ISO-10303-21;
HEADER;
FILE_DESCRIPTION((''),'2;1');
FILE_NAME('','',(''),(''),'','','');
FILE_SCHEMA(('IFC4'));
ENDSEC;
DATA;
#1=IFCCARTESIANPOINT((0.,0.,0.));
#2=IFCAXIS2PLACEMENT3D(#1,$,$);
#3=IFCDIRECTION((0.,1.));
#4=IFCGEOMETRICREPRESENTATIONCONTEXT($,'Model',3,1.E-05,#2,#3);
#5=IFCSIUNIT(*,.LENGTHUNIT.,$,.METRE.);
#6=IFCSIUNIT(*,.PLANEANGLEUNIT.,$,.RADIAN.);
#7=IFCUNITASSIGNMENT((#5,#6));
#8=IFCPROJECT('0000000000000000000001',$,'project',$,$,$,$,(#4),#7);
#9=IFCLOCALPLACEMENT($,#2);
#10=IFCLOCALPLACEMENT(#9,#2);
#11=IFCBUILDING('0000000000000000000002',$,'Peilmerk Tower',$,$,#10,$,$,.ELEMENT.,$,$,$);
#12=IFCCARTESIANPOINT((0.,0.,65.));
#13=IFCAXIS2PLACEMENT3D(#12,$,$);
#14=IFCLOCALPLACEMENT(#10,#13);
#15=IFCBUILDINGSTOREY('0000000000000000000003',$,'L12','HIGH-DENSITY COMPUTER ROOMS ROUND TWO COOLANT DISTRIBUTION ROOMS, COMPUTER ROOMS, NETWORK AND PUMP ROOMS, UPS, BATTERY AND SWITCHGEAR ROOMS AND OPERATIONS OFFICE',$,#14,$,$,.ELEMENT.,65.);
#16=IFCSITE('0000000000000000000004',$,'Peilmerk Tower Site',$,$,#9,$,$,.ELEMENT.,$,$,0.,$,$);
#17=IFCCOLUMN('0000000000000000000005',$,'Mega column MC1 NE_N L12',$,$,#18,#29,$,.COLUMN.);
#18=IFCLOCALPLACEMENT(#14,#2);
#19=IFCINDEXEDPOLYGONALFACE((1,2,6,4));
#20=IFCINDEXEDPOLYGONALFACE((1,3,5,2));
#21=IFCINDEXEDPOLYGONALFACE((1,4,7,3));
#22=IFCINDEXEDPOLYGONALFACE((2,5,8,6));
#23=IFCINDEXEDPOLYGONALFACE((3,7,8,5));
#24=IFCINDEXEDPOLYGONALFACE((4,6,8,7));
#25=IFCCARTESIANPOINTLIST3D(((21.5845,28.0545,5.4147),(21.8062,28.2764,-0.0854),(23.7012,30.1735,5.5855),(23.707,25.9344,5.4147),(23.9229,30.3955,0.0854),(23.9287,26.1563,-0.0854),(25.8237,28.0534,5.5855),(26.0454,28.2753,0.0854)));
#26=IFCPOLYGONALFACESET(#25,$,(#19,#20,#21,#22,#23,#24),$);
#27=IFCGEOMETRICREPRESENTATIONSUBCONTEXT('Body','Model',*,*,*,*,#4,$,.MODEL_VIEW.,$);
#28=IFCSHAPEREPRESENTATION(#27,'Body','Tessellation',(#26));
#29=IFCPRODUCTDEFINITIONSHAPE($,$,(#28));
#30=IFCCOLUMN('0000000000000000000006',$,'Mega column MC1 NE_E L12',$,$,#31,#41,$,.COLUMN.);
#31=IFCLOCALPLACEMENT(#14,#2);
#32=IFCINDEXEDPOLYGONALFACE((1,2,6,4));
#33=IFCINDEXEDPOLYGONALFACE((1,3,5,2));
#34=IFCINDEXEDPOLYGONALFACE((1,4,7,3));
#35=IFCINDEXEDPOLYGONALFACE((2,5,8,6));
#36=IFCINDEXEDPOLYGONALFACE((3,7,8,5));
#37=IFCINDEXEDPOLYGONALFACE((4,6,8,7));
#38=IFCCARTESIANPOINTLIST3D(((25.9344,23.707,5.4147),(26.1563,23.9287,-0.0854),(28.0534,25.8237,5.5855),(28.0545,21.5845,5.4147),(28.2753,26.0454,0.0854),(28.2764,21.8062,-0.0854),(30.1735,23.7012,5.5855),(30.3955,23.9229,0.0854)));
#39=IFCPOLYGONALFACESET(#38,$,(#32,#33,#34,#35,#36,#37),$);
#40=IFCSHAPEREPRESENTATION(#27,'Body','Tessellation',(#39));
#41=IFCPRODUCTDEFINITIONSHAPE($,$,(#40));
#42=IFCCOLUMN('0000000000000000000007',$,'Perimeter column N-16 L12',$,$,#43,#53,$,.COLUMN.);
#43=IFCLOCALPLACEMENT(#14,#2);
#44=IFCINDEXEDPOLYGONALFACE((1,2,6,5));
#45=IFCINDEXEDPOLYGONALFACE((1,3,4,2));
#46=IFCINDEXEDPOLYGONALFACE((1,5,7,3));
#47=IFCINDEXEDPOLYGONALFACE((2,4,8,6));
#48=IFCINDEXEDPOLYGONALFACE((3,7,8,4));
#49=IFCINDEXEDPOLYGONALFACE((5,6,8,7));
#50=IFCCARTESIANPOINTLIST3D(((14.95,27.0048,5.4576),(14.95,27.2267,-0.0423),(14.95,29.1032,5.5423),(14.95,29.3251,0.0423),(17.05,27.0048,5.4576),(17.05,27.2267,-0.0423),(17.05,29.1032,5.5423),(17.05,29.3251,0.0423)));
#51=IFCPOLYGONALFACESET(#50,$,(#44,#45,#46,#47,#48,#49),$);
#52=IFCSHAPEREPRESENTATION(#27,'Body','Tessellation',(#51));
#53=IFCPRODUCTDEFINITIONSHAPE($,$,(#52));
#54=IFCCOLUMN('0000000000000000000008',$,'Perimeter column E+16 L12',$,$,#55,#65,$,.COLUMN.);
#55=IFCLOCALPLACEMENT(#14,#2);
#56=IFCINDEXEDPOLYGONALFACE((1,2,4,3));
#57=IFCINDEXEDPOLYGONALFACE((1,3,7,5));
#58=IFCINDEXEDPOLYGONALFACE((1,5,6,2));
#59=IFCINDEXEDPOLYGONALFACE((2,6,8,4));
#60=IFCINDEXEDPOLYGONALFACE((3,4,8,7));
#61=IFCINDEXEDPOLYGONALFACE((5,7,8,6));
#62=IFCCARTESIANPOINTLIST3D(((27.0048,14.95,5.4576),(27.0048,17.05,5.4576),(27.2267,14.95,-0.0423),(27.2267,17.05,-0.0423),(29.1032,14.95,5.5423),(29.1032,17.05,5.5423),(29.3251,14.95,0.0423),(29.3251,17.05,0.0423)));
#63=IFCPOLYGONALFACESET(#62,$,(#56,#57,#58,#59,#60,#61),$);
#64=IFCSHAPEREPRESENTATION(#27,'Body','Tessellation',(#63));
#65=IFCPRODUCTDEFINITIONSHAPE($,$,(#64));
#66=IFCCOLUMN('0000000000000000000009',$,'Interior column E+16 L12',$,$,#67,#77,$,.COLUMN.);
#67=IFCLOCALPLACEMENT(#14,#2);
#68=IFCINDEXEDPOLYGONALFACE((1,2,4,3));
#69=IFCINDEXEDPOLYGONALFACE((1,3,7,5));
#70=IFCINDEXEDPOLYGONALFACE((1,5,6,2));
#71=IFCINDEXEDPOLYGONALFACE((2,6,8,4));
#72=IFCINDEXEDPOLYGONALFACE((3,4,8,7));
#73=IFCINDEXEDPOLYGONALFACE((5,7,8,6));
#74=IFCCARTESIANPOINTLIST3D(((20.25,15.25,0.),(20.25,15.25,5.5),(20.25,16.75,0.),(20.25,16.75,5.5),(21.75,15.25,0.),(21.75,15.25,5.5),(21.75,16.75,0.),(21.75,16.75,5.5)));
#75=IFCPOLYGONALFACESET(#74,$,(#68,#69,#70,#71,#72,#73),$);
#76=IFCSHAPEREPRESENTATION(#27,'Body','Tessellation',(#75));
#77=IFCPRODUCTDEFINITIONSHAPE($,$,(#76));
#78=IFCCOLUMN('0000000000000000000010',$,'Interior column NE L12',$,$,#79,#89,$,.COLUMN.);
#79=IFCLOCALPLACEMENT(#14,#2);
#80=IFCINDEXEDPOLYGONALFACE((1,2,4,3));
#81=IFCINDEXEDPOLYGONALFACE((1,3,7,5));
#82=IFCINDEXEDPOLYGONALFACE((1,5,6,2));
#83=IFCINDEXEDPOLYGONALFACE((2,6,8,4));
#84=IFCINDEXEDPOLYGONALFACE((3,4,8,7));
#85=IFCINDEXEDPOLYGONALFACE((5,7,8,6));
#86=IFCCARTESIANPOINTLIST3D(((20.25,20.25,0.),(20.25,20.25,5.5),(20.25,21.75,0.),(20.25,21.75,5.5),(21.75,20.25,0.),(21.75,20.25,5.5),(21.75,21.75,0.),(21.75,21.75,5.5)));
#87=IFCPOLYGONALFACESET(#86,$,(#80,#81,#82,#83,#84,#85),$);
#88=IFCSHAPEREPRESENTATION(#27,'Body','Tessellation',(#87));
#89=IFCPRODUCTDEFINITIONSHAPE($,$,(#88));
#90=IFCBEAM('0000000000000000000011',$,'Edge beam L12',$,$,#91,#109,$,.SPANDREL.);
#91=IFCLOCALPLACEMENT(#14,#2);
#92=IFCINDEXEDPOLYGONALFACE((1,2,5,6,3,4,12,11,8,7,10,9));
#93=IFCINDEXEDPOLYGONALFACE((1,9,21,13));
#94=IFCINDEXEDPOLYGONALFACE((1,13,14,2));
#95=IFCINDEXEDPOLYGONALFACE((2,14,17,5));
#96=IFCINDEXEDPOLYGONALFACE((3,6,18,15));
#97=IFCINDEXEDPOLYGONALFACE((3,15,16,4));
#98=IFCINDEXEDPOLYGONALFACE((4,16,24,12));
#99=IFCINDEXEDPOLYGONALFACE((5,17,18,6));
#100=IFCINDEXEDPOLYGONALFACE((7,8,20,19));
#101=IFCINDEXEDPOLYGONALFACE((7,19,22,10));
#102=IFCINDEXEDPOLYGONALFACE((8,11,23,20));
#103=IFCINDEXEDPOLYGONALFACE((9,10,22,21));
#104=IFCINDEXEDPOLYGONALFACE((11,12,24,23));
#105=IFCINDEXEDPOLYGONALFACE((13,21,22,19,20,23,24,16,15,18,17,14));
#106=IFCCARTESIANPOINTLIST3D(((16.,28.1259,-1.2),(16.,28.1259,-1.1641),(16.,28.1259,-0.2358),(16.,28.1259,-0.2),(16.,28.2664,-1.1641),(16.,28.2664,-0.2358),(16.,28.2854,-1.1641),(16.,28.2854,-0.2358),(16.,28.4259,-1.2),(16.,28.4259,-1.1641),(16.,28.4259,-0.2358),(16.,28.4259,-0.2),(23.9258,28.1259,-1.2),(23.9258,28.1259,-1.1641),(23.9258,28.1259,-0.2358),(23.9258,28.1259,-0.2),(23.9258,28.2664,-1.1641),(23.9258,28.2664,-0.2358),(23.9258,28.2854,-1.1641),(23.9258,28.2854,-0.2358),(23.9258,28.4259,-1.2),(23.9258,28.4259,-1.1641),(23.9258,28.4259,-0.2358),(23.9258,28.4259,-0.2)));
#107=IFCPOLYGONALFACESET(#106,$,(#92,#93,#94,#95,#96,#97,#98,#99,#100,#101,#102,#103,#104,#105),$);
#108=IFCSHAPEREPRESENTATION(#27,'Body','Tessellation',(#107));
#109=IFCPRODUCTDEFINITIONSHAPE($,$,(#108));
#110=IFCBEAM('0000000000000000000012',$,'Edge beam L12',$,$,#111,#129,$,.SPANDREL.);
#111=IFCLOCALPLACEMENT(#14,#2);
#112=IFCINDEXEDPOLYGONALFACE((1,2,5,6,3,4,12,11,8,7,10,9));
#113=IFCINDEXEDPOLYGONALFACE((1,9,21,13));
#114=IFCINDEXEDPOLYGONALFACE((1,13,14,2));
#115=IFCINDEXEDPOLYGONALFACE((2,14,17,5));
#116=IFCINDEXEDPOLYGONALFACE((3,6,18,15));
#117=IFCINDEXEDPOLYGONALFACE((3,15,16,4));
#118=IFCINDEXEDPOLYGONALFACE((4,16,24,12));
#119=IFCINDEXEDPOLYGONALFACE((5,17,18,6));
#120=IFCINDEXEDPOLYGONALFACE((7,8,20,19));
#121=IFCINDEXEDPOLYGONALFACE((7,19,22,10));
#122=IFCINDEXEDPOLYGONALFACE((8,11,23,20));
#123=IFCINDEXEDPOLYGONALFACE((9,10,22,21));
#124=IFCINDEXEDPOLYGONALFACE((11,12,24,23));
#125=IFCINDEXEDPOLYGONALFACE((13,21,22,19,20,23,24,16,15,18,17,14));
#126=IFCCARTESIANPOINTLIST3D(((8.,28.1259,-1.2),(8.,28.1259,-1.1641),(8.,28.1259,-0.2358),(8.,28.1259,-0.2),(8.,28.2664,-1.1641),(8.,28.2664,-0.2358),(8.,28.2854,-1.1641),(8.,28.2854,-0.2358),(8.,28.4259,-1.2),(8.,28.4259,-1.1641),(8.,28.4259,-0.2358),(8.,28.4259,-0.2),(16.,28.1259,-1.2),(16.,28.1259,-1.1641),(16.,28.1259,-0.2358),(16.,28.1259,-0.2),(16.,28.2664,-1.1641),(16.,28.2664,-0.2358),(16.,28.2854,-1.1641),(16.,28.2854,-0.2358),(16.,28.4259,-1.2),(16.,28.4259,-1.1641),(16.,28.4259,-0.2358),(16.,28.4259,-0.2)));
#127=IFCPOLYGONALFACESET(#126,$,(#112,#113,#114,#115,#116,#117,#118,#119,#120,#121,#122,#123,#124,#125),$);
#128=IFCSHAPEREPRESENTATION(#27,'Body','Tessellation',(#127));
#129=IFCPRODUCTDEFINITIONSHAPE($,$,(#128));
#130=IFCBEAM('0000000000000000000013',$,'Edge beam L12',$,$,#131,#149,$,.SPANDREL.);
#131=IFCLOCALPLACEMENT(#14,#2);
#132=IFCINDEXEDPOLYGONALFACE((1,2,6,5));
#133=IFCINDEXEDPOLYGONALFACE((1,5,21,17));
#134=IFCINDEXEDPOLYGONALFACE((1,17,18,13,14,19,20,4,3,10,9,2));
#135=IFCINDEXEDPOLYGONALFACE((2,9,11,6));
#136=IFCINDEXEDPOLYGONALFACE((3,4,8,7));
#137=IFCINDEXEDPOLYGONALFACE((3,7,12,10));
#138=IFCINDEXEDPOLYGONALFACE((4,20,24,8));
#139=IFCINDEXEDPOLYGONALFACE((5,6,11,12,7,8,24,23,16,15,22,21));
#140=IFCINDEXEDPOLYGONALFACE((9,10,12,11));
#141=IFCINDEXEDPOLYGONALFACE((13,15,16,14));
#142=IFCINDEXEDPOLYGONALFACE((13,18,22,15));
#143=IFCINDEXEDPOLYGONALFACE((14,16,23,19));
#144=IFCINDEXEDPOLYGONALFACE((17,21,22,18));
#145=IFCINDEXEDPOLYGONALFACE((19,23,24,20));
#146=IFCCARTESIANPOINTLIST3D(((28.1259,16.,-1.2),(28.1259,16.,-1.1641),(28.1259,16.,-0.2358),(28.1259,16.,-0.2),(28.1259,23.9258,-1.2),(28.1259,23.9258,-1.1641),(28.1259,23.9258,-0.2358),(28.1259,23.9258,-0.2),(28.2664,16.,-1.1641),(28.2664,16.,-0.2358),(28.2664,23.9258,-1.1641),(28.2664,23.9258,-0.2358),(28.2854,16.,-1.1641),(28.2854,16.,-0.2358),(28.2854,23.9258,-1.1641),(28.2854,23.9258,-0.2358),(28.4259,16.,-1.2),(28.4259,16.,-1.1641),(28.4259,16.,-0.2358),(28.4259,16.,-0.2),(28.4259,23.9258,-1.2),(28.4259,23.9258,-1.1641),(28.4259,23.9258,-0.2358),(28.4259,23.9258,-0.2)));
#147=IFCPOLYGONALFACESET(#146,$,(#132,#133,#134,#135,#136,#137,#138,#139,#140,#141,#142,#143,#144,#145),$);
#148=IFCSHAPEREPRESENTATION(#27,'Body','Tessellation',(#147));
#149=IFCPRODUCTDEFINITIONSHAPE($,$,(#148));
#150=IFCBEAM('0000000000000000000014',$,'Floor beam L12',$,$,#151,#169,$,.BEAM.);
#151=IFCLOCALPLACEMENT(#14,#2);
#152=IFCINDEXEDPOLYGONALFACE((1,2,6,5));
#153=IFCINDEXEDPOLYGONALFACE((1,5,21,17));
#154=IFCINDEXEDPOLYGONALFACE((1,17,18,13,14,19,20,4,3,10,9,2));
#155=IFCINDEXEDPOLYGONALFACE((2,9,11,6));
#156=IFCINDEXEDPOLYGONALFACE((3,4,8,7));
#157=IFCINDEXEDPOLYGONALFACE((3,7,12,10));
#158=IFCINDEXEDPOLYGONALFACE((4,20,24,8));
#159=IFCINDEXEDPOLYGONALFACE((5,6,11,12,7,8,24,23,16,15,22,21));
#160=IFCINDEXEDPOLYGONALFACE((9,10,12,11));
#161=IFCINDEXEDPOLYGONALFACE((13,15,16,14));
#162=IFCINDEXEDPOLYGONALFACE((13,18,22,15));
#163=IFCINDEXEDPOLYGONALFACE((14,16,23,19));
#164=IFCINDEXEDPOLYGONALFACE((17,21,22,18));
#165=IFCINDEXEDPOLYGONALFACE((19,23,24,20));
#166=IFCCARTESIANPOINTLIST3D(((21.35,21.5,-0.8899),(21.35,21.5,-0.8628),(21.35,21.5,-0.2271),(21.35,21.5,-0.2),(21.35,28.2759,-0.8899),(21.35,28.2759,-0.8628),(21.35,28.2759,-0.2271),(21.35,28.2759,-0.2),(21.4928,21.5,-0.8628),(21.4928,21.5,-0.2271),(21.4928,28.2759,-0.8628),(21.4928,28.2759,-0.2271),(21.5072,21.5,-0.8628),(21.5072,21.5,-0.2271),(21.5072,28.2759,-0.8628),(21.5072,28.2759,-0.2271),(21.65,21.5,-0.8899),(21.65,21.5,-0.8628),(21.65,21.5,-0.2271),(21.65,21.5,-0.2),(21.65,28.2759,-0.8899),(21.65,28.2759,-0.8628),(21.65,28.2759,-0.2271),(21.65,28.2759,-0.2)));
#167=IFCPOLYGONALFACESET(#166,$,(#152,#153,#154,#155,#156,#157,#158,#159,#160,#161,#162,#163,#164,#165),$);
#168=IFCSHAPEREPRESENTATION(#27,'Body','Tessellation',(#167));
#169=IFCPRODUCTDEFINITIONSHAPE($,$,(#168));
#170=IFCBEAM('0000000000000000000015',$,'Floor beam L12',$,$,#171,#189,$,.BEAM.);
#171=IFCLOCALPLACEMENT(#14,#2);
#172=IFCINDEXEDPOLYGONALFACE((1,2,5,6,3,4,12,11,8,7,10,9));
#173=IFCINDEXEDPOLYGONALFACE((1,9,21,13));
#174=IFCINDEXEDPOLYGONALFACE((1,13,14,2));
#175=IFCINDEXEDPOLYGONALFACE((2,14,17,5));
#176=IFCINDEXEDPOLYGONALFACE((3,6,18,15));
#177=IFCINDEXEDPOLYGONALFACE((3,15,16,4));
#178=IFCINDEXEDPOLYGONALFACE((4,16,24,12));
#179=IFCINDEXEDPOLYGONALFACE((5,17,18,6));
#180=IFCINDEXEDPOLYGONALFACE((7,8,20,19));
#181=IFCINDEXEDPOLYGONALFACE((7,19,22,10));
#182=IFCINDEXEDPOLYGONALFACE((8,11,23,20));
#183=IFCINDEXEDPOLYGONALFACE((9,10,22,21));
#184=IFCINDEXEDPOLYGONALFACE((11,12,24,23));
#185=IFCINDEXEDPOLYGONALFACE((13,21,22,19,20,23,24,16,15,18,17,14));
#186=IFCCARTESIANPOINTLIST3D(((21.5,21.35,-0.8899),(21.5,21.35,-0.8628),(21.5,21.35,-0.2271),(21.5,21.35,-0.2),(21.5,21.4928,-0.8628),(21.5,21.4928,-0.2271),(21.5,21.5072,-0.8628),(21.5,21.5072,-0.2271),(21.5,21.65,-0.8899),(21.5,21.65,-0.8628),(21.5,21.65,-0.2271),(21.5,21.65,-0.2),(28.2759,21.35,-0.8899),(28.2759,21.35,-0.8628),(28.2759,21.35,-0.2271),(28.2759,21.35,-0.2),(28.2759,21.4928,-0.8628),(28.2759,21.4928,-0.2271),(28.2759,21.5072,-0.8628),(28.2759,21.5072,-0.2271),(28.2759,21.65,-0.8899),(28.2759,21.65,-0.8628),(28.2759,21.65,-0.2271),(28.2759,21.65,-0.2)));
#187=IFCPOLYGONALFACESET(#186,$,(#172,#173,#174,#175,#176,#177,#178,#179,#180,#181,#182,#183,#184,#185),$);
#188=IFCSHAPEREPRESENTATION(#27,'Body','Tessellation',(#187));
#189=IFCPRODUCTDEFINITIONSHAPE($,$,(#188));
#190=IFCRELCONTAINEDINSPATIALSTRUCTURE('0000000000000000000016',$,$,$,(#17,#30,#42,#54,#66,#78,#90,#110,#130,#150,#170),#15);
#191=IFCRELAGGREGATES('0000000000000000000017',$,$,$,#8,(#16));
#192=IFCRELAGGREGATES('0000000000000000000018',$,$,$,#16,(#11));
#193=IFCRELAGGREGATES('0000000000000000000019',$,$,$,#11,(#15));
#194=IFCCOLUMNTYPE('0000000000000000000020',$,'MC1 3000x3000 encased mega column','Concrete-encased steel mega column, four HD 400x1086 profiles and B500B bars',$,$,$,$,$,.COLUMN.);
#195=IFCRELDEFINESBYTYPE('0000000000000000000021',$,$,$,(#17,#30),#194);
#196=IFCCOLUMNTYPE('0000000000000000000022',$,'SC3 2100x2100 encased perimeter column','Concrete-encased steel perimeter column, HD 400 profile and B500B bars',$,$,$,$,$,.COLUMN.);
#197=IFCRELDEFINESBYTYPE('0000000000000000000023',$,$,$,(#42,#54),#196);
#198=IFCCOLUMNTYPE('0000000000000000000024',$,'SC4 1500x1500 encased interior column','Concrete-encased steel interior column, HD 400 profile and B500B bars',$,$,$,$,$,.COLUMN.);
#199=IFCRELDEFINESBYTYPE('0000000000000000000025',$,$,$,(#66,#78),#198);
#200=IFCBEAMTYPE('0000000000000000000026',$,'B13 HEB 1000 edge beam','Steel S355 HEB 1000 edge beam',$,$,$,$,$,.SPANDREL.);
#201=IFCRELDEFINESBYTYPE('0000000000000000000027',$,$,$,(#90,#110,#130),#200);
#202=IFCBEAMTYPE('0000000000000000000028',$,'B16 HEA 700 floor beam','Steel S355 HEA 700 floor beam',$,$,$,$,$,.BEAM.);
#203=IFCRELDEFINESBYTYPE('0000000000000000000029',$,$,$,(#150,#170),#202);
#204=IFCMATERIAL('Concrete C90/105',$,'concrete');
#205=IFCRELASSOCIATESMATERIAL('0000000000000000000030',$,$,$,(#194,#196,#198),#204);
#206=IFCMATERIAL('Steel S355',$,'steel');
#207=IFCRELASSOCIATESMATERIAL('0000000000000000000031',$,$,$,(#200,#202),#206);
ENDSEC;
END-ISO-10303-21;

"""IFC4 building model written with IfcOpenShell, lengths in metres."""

from ifc_helpers import new_model, si_unit, direction, frame, origin, origin_2d, place, context, subcontext, project, spatial, rectangle, i_section, extrude, material, material_profile, profile_set, type_object, element, save


model = new_model("IFC4")

# Units and contexts
model_context = context("Model", 3, precision=1e-05, world=origin(), true_north=direction((0.0, 1.0)))
body_context = subcontext(model_context, "Body", "Model", "MODEL_VIEW")
ifc_project = project(units=[si_unit("LENGTHUNIT", "METRE"), si_unit("PLANEANGLEUNIT", "RADIAN")], contexts=[model_context])

# Site, building, storey
site_placement = place(None, origin())
site = spatial("IfcSite", under=ifc_project, at=site_placement, Name="Peilmerk Tower Site", CompositionType="ELEMENT", RefElevation=0.0)
building_placement = place(site_placement, origin())
building = spatial("IfcBuilding", under=site, at=building_placement, Name="Peilmerk Tower", CompositionType="ELEMENT")
storey_placement = place(building_placement, frame((0.0, 0.0, 65.0)))
storey = spatial("IfcBuildingStorey", under=building, at=storey_placement, Name="L12", Description="HIGH-DENSITY COMPUTER ROOMS ROUND TWO COOLANT DISTRIBUTION ROOMS, COMPUTER ROOMS, NETWORK AND PUMP ROOMS, UPS, BATTERY AND SWITCHGEAR ROOMS AND OPERATIONS OFFICE", CompositionType="ELEMENT", Elevation=65.0)

# Columns
ifc_material_1 = material(Name="Concrete C90/105", Category="concrete")
ifc_material_profile_1 = material_profile(ifc_material_1, rectangle(XDim=3.0, YDim=3.0, at=origin_2d()), Name="RC 3000x3000")
ifc_profile_set_1 = profile_set([ifc_material_profile_1], Name="Concrete C90/105")
column_type_1 = type_object("IfcColumnType", Name="MC1 3000x3000 encased mega column", Description="Concrete-encased steel mega column, four HD 400x1086 profiles and B500B bars", PredefinedType="COLUMN", material=ifc_profile_set_1)
for number, where, z_axis, x_axis, name in (
    (1, (23.9258, 28.2759, 0.0), (-0.04024, -0.040284, 0.998378), (0.707496, -0.706718, 0.0), "Mega column MC1 NE_N L12"),
    (2, (28.2759, 23.9258, 0.0), (-0.040284, -0.04024, 0.998378), (0.706718, -0.707496, 0.0), "Mega column MC1 NE_E L12"),
):
    element("IfcColumn", number, at=place(storey_placement, frame(where, z_axis=z_axis, x_axis=x_axis)), inside=storey, type_object=column_type_1, Name=name, PredefinedType="COLUMN", context=body_context, shape_type="SweptSolid", body=[
        extrude(rectangle(XDim=3.0, YDim=3.0, at=origin_2d()), origin(), (0.0, 0.0, 1.0), 5.509),
    ])
ifc_material_profile_2 = material_profile(ifc_material_1, rectangle(XDim=2.1001, YDim=2.1001, at=origin_2d()), Name="RC 2100x2100")
ifc_profile_set_2 = profile_set([ifc_material_profile_2], Name="Concrete C90/105")
column_type_2 = type_object("IfcColumnType", Name="SC3 2100x2100 encased perimeter column", Description="Concrete-encased steel perimeter column, HD 400 profile and B500B bars", PredefinedType="COLUMN", material=ifc_profile_set_2)
for number, where, z_axis, x_axis, name in (
    (3, (16.0, 28.2759, 0.0), (0.0, -0.040317, 0.999187), (1.0, 0.0, 0.0), "Perimeter column N-16 L12"),
    (4, (28.2759, 16.0, 0.0), (-0.040317, 0.0, 0.999187), (0.0, -1.0, 0.0), "Perimeter column E+16 L12"),
):
    element("IfcColumn", number, at=place(storey_placement, frame(where, z_axis=z_axis, x_axis=x_axis)), inside=storey, type_object=column_type_2, Name=name, PredefinedType="COLUMN", context=body_context, shape_type="SweptSolid", body=[
        extrude(rectangle(XDim=2.1001, YDim=2.1001, at=origin_2d()), origin(), (0.0, 0.0, 1.0), 5.5044),
    ])
ifc_material_profile_3 = material_profile(ifc_material_1, rectangle(XDim=1.5, YDim=1.5, at=origin_2d()), Name="RC 1500x1500")
ifc_profile_set_3 = profile_set([ifc_material_profile_3], Name="Concrete C90/105")
column_type_3 = type_object("IfcColumnType", Name="SC4 1500x1500 encased interior column", Description="Concrete-encased steel interior column, HD 400 profile and B500B bars", PredefinedType="COLUMN", material=ifc_profile_set_3)
for number, where, z_axis, x_axis, name in (
    (5, (21.0, 16.0, 0.0), (0.0, 0.0, 1.0), (1.0, 0.0, 0.0), "Interior column E+16 L12"),
    (6, (21.0, 21.0, 0.0), (0.0, 0.0, 1.0), (1.0, 0.0, 0.0), "Interior column NE L12"),
):
    element("IfcColumn", number, at=place(storey_placement, frame(where, z_axis=z_axis, x_axis=x_axis)), inside=storey, type_object=column_type_3, Name=name, PredefinedType="COLUMN", context=body_context, shape_type="SweptSolid", body=[
        extrude(rectangle(XDim=1.5, YDim=1.5, at=origin_2d()), origin(), (0.0, 0.0, 1.0), 5.5),
    ])

# Beams
ifc_material_2 = material(Name="Steel S355", Category="steel")
ifc_material_profile_4 = material_profile(ifc_material_2, i_section(OverallWidth=0.3, OverallDepth=1.0, WebThickness=0.019, FlangeThickness=0.0359, at=origin_2d()), Name="HEB 1000")
ifc_profile_set_4 = profile_set([ifc_material_profile_4], Name="Steel S355")
beam_type_1 = type_object("IfcBeamType", Name="B13 HEB 1000 edge beam", Description="Steel S355 HEB 1000 edge beam", PredefinedType="SPANDREL", material=ifc_profile_set_4)
beam_1_placement = place(storey_placement, frame((23.9258, 28.2759, -0.7), z_axis=(-1.0, 0.0, 0.0), x_axis=(0.0, -1.0, 0.0)))
element("IfcBeam", 7, at=beam_1_placement, inside=storey, type_object=beam_type_1, Name="Edge beam L12", PredefinedType="SPANDREL", context=body_context, shape_type="SweptSolid", body=[
    extrude(i_section(OverallWidth=0.3, OverallDepth=1.0, WebThickness=0.019, FlangeThickness=0.0359, at=origin_2d()), origin(), (0.0, 0.0, 1.0), 7.9258),
])
beam_2_placement = place(storey_placement, frame((16.0, 28.2759, -0.7), z_axis=(-1.0, 0.0, 0.0), x_axis=(0.0, -1.0, 0.0)))
element("IfcBeam", 8, at=beam_2_placement, inside=storey, type_object=beam_type_1, Name="Edge beam L12", PredefinedType="SPANDREL", context=body_context, shape_type="SweptSolid", body=[
    extrude(i_section(OverallWidth=0.3, OverallDepth=1.0, WebThickness=0.019, FlangeThickness=0.0359, at=origin_2d()), origin(), (0.0, 0.0, 1.0), 8.0),
])
beam_3_placement = place(storey_placement, frame((28.2759, 16.0, -0.7), z_axis=(0.0, 1.0, 0.0), x_axis=(-1.0, 0.0, 0.0)))
element("IfcBeam", 9, at=beam_3_placement, inside=storey, type_object=beam_type_1, Name="Edge beam L12", PredefinedType="SPANDREL", context=body_context, shape_type="SweptSolid", body=[
    extrude(i_section(OverallWidth=0.3, OverallDepth=1.0, WebThickness=0.019, FlangeThickness=0.0359, at=origin_2d()), origin(), (0.0, 0.0, 1.0), 7.9258),
])
ifc_material_profile_5 = material_profile(ifc_material_2, i_section(OverallWidth=0.3, OverallDepth=0.6899, WebThickness=0.0144, FlangeThickness=0.0271, at=origin_2d()), Name="HEA 700")
ifc_profile_set_5 = profile_set([ifc_material_profile_5], Name="Steel S355")
beam_type_2 = type_object("IfcBeamType", Name="B16 HEA 700 floor beam", Description="Steel S355 HEA 700 floor beam", PredefinedType="BEAM", material=ifc_profile_set_5)
for number, where, z_axis, x_axis, name in (
    (10, (21.5, 21.5, -0.5449), (0.0, 1.0, 0.0), (-1.0, 0.0, 0.0), "Floor beam L12"),
    (11, (21.5, 21.5, -0.5449), (1.0, 0.0, 0.0), (0.0, 1.0, 0.0), "Floor beam L12"),
):
    element("IfcBeam", number, at=place(storey_placement, frame(where, z_axis=z_axis, x_axis=x_axis)), inside=storey, type_object=beam_type_2, Name=name, PredefinedType="BEAM", context=body_context, shape_type="SweptSolid", body=[
        extrude(i_section(OverallWidth=0.3, OverallDepth=0.6899, WebThickness=0.0144, FlangeThickness=0.0271, at=origin_2d()), origin(), (0.0, 0.0, 1.0), 6.7759),
    ])

save(model, "model.ifc")
